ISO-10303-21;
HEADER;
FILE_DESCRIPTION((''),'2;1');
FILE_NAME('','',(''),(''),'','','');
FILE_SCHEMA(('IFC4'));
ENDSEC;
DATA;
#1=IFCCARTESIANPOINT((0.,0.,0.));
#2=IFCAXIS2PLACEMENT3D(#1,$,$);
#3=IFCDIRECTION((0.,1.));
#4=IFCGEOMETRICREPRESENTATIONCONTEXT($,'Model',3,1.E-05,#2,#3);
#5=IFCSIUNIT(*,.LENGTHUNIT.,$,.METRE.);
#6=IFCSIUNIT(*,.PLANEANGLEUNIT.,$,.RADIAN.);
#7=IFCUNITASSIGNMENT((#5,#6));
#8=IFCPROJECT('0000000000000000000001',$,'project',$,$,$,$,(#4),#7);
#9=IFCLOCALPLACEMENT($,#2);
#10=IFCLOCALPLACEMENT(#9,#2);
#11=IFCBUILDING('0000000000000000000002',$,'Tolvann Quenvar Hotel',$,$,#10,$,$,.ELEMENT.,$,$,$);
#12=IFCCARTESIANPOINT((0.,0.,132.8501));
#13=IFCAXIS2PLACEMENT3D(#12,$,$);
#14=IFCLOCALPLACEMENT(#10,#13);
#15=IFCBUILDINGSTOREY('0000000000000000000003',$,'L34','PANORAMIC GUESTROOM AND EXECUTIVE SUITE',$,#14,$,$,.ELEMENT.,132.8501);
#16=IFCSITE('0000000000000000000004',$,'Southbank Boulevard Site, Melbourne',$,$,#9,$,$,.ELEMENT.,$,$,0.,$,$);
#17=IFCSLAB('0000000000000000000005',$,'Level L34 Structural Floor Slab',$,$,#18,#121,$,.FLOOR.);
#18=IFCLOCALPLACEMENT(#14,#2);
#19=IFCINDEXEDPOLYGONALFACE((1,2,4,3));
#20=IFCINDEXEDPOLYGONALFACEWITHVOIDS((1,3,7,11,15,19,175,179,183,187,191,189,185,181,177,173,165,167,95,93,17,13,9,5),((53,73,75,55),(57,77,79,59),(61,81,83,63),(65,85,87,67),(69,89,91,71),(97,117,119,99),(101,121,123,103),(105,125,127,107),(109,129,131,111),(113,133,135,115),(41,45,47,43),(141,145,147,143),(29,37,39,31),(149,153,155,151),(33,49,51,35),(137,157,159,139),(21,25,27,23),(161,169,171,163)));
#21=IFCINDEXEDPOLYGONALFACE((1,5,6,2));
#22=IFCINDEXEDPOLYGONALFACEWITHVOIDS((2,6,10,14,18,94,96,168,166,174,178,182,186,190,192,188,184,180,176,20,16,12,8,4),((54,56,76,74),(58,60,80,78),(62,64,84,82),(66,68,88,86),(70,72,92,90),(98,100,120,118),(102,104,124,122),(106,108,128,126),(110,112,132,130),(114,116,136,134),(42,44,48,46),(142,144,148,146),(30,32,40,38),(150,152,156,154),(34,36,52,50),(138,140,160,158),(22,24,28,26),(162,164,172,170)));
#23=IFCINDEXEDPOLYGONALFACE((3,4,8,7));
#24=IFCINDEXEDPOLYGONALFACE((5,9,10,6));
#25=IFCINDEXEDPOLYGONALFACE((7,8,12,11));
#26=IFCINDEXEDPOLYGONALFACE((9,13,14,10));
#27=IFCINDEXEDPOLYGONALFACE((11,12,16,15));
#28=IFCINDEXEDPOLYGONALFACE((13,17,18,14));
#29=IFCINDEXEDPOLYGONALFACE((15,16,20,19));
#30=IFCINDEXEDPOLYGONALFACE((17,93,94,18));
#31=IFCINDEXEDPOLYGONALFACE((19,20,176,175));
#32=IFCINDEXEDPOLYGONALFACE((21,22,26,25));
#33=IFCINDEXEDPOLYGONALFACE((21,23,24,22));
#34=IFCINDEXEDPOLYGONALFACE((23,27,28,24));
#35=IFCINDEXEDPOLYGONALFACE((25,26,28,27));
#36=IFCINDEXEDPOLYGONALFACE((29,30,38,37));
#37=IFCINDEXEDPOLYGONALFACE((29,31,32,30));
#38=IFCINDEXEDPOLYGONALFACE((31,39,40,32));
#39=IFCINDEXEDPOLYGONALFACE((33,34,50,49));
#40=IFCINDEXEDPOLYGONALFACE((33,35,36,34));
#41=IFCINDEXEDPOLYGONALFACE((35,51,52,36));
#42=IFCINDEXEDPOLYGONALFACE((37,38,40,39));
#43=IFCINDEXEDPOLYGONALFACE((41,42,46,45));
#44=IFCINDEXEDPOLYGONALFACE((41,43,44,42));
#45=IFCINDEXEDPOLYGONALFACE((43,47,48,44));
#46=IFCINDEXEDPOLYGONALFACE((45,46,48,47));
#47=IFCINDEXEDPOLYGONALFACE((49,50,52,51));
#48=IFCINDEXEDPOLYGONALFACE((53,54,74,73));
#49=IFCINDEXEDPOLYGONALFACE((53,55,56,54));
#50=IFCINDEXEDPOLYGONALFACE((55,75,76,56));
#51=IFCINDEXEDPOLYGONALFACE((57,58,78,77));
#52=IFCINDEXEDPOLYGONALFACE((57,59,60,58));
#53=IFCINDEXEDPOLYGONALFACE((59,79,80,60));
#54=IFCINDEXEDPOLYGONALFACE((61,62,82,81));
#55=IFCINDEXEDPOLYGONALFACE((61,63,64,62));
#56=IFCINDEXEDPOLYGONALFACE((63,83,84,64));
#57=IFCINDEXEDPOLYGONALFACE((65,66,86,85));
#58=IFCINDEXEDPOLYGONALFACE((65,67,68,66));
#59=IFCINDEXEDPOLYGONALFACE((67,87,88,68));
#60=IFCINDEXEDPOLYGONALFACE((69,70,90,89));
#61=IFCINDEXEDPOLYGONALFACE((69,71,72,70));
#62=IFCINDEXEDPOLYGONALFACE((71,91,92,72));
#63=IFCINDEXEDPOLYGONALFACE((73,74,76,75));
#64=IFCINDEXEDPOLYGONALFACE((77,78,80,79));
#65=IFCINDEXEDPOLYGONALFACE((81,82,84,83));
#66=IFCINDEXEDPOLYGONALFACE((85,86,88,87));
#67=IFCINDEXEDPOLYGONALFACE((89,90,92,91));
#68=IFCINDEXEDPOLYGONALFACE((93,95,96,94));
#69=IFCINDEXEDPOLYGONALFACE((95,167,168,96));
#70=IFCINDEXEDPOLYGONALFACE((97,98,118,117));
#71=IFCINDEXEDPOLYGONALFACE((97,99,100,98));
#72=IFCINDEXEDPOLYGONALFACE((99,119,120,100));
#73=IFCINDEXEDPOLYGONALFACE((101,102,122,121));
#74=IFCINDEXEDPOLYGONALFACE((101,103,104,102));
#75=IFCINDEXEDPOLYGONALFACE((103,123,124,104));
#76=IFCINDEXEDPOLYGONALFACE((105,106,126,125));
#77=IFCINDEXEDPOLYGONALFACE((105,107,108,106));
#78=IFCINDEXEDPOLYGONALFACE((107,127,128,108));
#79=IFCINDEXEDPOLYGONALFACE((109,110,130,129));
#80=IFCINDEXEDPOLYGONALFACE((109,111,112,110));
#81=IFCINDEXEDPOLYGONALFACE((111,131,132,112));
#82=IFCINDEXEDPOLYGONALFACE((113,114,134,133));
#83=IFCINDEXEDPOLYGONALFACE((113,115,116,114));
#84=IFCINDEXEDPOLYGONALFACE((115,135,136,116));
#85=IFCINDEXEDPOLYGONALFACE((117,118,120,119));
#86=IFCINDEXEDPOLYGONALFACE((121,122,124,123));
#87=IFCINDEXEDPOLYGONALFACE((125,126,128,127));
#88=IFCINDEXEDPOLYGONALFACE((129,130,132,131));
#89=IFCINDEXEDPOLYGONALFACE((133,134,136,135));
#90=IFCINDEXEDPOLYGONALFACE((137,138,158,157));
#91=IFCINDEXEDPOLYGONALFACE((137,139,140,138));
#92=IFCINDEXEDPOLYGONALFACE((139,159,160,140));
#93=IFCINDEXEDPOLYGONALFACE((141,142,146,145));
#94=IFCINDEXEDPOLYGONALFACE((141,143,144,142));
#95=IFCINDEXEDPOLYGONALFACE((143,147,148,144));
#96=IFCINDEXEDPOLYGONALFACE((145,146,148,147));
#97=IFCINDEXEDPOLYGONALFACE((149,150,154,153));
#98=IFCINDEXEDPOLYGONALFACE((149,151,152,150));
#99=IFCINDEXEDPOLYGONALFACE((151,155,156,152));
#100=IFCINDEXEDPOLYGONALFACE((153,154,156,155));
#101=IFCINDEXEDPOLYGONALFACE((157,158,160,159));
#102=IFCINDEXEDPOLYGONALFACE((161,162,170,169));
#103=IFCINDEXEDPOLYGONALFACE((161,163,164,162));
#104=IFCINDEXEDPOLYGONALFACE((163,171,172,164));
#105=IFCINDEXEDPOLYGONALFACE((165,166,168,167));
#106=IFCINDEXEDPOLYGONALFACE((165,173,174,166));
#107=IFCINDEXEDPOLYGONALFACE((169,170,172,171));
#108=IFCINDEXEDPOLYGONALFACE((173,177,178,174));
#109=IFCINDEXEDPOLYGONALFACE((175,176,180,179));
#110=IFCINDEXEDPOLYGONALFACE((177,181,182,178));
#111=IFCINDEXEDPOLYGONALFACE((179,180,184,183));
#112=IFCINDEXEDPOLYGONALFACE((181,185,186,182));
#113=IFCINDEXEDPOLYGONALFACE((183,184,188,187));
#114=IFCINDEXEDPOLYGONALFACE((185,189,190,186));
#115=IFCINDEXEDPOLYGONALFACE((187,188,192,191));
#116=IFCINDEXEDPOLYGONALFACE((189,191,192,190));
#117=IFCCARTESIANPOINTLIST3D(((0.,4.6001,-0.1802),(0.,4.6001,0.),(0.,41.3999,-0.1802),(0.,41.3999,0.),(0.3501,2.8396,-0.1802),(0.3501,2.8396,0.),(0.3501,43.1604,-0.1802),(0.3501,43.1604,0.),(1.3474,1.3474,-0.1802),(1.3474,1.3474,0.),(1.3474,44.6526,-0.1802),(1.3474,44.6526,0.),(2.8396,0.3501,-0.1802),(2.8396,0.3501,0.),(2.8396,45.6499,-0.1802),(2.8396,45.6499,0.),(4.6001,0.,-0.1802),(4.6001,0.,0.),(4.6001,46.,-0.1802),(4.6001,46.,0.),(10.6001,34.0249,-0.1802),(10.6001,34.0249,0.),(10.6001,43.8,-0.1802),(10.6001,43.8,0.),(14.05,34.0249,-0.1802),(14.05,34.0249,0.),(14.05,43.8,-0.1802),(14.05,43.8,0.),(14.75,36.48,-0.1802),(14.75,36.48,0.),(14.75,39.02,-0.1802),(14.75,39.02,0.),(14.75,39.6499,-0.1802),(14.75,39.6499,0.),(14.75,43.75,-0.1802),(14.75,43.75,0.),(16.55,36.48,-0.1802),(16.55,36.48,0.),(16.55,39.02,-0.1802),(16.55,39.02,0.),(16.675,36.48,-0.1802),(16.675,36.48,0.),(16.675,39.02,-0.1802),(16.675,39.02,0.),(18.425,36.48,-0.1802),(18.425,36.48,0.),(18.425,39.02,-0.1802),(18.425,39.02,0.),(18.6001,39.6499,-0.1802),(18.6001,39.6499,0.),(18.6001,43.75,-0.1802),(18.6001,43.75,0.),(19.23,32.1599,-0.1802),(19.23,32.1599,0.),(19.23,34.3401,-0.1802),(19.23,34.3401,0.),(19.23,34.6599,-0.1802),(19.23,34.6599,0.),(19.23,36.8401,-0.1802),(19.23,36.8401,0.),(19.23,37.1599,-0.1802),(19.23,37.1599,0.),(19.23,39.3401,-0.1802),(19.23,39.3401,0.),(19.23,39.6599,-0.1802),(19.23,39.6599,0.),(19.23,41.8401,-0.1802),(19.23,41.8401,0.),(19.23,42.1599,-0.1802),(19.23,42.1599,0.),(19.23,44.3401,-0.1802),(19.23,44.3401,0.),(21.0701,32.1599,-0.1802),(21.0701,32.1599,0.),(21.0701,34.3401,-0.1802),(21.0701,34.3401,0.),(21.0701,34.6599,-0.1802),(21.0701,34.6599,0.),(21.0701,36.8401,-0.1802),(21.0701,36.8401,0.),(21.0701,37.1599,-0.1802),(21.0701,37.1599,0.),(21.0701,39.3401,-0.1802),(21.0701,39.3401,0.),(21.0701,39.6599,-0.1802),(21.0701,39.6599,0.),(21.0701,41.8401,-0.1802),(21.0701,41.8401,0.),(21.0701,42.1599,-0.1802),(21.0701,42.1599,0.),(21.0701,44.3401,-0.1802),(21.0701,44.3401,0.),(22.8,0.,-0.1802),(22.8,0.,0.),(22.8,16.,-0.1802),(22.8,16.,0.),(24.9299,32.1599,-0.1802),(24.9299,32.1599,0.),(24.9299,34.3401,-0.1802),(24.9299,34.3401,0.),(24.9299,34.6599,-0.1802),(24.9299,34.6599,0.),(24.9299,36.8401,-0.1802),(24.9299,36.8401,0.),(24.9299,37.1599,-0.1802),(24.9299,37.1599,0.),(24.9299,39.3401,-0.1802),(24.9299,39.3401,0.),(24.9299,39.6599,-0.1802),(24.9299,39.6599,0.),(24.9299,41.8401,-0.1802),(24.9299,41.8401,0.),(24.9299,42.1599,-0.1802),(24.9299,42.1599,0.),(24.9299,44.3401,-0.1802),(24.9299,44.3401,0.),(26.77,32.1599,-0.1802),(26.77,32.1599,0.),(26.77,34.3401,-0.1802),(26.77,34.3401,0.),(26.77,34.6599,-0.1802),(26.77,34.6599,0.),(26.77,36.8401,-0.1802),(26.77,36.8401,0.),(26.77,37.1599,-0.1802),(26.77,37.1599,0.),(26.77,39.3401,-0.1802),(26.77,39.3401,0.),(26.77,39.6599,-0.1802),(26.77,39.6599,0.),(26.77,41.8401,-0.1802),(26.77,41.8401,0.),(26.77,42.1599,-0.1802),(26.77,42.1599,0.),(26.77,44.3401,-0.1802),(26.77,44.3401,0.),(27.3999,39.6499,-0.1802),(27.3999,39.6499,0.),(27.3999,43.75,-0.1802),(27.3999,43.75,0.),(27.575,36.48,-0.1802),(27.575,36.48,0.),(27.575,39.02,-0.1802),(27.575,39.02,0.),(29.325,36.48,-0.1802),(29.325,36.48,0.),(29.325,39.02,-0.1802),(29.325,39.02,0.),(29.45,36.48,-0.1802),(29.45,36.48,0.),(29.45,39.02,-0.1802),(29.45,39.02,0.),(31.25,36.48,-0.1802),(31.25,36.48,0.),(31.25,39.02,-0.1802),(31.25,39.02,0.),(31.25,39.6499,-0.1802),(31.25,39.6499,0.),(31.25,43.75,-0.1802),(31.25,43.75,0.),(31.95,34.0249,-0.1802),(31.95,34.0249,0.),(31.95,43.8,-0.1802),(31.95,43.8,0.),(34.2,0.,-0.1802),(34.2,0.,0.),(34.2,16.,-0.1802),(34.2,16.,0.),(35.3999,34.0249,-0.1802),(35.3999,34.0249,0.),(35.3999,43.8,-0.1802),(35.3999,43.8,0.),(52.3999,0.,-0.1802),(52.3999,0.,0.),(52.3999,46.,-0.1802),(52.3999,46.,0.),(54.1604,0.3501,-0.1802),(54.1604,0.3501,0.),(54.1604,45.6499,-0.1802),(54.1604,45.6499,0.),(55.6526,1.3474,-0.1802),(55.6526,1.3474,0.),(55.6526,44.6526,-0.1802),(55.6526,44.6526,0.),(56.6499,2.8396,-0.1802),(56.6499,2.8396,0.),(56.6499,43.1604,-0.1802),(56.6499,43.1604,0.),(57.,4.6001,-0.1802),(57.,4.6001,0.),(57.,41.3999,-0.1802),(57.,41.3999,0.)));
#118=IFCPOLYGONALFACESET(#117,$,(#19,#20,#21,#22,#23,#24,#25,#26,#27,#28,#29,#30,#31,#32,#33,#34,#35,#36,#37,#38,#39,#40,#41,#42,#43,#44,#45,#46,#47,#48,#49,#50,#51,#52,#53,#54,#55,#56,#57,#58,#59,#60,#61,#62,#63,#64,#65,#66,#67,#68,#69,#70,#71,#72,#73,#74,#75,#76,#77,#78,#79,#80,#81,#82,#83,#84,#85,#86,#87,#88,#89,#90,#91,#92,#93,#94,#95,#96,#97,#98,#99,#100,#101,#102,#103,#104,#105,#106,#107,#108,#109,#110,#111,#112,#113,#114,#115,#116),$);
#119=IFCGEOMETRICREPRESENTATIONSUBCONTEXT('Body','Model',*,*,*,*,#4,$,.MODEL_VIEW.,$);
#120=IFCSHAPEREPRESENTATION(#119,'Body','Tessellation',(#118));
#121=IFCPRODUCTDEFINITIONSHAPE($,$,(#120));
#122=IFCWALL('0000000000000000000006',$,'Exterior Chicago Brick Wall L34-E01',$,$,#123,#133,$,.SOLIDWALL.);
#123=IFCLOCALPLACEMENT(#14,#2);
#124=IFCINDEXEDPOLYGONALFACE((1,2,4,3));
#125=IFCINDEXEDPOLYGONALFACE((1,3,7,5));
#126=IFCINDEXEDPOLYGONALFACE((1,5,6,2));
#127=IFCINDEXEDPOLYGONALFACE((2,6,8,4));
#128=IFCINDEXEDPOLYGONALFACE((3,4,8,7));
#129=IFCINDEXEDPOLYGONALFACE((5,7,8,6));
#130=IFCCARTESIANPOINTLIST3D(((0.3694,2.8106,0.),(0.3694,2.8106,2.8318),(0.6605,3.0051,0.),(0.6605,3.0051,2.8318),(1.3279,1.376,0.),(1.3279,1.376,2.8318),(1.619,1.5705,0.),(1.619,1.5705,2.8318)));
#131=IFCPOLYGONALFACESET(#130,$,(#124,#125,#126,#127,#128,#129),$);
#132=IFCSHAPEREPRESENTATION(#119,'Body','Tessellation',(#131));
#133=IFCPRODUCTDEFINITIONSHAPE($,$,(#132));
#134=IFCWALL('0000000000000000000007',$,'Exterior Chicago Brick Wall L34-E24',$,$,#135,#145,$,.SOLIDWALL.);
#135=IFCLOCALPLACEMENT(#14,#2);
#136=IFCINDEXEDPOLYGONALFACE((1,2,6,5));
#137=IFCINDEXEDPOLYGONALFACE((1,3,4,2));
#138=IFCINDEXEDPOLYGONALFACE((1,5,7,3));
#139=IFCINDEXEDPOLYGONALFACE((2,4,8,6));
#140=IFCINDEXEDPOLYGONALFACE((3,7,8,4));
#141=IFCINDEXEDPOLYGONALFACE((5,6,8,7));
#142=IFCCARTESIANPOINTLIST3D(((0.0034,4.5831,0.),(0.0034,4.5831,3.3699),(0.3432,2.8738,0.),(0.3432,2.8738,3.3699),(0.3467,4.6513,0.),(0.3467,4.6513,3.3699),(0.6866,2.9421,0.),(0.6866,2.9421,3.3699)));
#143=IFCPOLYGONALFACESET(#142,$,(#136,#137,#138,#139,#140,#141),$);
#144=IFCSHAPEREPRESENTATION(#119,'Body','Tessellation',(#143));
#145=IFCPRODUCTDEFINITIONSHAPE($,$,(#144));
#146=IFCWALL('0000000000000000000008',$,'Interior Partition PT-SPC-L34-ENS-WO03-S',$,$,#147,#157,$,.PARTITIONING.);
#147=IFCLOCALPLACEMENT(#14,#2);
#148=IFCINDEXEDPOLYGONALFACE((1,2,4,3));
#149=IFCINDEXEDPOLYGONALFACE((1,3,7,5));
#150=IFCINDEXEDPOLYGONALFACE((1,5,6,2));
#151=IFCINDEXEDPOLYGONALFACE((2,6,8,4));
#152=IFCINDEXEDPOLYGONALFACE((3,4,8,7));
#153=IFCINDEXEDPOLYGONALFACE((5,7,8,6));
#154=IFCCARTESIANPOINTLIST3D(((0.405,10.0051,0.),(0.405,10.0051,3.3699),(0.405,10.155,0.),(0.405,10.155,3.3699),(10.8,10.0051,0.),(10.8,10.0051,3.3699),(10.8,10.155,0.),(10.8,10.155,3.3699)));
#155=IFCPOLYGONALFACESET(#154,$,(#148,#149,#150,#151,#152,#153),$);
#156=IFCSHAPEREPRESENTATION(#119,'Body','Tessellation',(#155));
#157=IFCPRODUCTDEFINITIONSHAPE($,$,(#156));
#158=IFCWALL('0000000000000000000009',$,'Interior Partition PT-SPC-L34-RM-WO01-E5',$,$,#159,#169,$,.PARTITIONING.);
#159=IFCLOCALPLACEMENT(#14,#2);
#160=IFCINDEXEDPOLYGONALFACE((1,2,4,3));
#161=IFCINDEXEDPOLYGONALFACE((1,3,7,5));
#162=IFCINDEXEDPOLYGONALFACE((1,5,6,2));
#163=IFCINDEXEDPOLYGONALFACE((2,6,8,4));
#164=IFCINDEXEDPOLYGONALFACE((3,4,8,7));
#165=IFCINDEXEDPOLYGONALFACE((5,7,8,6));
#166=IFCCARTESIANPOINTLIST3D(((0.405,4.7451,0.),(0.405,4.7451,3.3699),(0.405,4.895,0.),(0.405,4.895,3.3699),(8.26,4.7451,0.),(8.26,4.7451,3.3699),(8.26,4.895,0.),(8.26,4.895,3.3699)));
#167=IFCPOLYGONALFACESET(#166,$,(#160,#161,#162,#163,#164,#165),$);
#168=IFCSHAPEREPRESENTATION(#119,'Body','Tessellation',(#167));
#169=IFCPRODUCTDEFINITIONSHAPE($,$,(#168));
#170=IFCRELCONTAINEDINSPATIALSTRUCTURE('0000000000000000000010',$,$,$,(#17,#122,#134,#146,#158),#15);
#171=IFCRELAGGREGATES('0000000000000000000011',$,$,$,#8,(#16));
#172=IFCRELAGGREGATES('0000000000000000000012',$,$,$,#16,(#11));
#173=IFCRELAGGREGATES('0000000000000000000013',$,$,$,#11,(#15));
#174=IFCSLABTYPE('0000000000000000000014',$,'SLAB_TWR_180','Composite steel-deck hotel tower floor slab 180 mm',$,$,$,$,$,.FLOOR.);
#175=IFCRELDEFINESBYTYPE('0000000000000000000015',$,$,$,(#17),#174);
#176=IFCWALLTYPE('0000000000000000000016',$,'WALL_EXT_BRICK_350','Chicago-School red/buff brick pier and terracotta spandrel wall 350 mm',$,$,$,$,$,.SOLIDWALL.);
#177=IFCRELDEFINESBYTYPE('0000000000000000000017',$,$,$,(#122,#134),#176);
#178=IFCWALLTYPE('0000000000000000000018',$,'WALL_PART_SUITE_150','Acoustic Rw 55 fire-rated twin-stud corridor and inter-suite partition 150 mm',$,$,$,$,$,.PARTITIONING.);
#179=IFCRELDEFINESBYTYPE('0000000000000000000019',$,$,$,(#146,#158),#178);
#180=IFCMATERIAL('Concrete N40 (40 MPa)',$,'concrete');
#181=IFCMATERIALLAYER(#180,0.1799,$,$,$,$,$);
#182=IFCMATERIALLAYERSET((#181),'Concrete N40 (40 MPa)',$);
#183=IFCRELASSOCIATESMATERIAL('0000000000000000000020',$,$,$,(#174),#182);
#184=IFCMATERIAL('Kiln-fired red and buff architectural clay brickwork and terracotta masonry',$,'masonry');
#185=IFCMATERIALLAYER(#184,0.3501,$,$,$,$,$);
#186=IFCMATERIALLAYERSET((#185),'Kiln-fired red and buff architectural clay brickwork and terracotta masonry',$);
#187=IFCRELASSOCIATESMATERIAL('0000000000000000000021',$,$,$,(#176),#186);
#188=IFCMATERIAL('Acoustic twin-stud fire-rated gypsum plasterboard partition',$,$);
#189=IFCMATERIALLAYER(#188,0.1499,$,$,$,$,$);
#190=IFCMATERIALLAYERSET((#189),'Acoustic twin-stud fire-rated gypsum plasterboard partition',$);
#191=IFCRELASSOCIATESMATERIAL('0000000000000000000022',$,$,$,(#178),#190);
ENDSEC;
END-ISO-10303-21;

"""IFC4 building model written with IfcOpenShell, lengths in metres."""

from ifc_helpers import new_model, si_unit, direction, frame, frame_2d, origin, place, context, subcontext, project, spatial, polyline, rectangle, outline, extrude, material, layer, layer_set, type_object, element, save


model = new_model("IFC4")

# Units and contexts
model_context = context("Model", 3, precision=1e-05, world=origin(), true_north=direction((0.0, 1.0)))
body_context = subcontext(model_context, "Body", "Model", "MODEL_VIEW")
ifc_project = project(units=[si_unit("LENGTHUNIT", "METRE"), si_unit("PLANEANGLEUNIT", "RADIAN")], contexts=[model_context])

# Site, building, storey
site_placement = place(None, origin())
site = spatial("IfcSite", under=ifc_project, at=site_placement, Name="Southbank Boulevard Site, Melbourne", CompositionType="ELEMENT", RefElevation=0.0)
building_placement = place(site_placement, origin())
building = spatial("IfcBuilding", under=site, at=building_placement, Name="Tolvann Quenvar Hotel", CompositionType="ELEMENT")
storey_placement = place(building_placement, frame((0.0, 0.0, 132.8501)))
storey = spatial("IfcBuildingStorey", under=building, at=storey_placement, Name="L34", Description="PANORAMIC GUESTROOM AND EXECUTIVE SUITE", CompositionType="ELEMENT", Elevation=132.8501)

# Shared definitions
ifc_material_1 = material(Name="Concrete N40 (40 MPa)", Category="concrete")

# Slab
ifc_layer_1 = layer(ifc_material_1, 0.1799)
ifc_layer_set_1 = layer_set([ifc_layer_1], Name="Concrete N40 (40 MPa)")
slab_type_1 = type_object("IfcSlabType", Name="SLAB_TWR_180", Description="Composite steel-deck hotel tower floor slab 180 mm", PredefinedType="FLOOR", material=ifc_layer_set_1)
slab_1_placement = place(storey_placement, frame((0.0, 0.0, -0.1802)))
element("IfcSlab", 1, at=slab_1_placement, inside=storey, type_object=slab_type_1, Name="Level L34 Structural Floor Slab", PredefinedType="FLOOR", context=body_context, shape_type="SweptSolid", body=[
    extrude(outline(polyline([(0.0, 4.6001), (0.3501, 2.8396), (1.3474, 1.3474), (2.8396, 0.3501), (4.6001, 0.0), (22.8, 0.0), (22.8, 16.0), (34.2, 16.0), (34.2, 0.0), (52.3999, 0.0), (54.1604, 0.3501), (55.6526, 1.3474), (56.6499, 2.8396), (57.0, 4.6001), (57.0, 41.3999), (56.6499, 43.1604), (55.6526, 44.6526), (54.1604, 45.6499), (52.3999, 46.0), (4.6001, 46.0), (2.8396, 45.6499), (1.3474, 44.6526), (0.3501, 43.1604), (0.0, 41.3999), (0.0, 4.6001)]), holes=[polyline([(31.95, 34.0249), (31.95, 43.8), (35.3999, 43.8), (35.3999, 34.0249), (31.95, 34.0249)]), polyline([(29.45, 39.02), (31.25, 39.02), (31.25, 36.48), (29.45, 36.48), (29.45, 39.02)]), polyline([(31.25, 43.75), (31.25, 39.6499), (27.3999, 39.6499), (27.3999, 43.75), (31.25, 43.75)]), polyline([(27.575, 39.02), (29.325, 39.02), (29.325, 36.48), (27.575, 36.48), (27.575, 39.02)]), polyline([(26.77, 44.3401), (26.77, 42.1599), (24.9299, 42.1599), (24.9299, 44.3401), (26.77, 44.3401)]), polyline([(24.9299, 41.8401), (26.77, 41.8401), (26.77, 39.6599), (24.9299, 39.6599), (24.9299, 41.8401)]), polyline([(24.9299, 39.3401), (26.77, 39.3401), (26.77, 37.1599), (24.9299, 37.1599), (24.9299, 39.3401)]), polyline([(24.9299, 36.8401), (26.77, 36.8401), (26.77, 34.6599), (24.9299, 34.6599), (24.9299, 36.8401)]), polyline([(24.9299, 34.3401), (26.77, 34.3401), (26.77, 32.1599), (24.9299, 32.1599), (24.9299, 34.3401)]), polyline([(21.0701, 44.3401), (21.0701, 42.1599), (19.23, 42.1599), (19.23, 44.3401), (21.0701, 44.3401)]), polyline([(19.23, 41.8401), (21.0701, 41.8401), (21.0701, 39.6599), (19.23, 39.6599), (19.23, 41.8401)]), polyline([(19.23, 39.3401), (21.0701, 39.3401), (21.0701, 37.1599), (19.23, 37.1599), (19.23, 39.3401)]), polyline([(19.23, 36.8401), (21.0701, 36.8401), (21.0701, 34.6599), (19.23, 34.6599), (19.23, 36.8401)]), polyline([(19.23, 34.3401), (21.0701, 34.3401), (21.0701, 32.1599), (19.23, 32.1599), (19.23, 34.3401)]), polyline([(18.6001, 43.75), (18.6001, 39.6499), (14.75, 39.6499), (14.75, 43.75), (18.6001, 43.75)]), polyline([(16.675, 39.02), (18.425, 39.02), (18.425, 36.48), (16.675, 36.48), (16.675, 39.02)]), polyline([(14.75, 39.02), (16.55, 39.02), (16.55, 36.48), (14.75, 36.48), (14.75, 39.02)]), polyline([(10.6001, 34.0249), (10.6001, 43.8), (14.05, 43.8), (14.05, 34.0249), (10.6001, 34.0249)])]), origin(), (0.0, 0.0, 1.0), 0.1802),
])

# Walls
ifc_material_2 = material(Name="Kiln-fired red and buff architectural clay brickwork and terracotta masonry", Category="masonry")
ifc_layer_2 = layer(ifc_material_2, 0.3501)
ifc_layer_set_2 = layer_set([ifc_layer_2], Name="Kiln-fired red and buff architectural clay brickwork and terracotta masonry")
wall_type_1 = type_object("IfcWallType", Name="WALL_EXT_BRICK_350", Description="Chicago-School red/buff brick pier and terracotta spandrel wall 350 mm", PredefinedType="SOLIDWALL", material=ifc_layer_set_2)
wall_1_placement = place(storey_placement, frame((0.5149, 2.908, 0.0), z_axis=(0.0, 0.0, 1.0), x_axis=(0.555549, -0.831484, 0.0)))
element("IfcWall", 2, at=wall_1_placement, inside=storey, type_object=wall_type_1, Name="Exterior Chicago Brick Wall L34-E01", PredefinedType="SOLIDWALL", context=body_context, shape_type="SweptSolid", body=[
    extrude(rectangle(XDim=1.7253, YDim=0.3501, at=frame_2d((0.8628, 0.0))), origin(), (0.0, 0.0, 1.0), 2.8318),
])
wall_2_placement = place(storey_placement, frame((0.175, 4.6172, 0.0), z_axis=(0.0, 0.0, 1.0), x_axis=(0.195011, -0.980801, 0.0)))
element("IfcWall", 3, at=wall_2_placement, inside=storey, type_object=wall_type_1, Name="Exterior Chicago Brick Wall L34-E24", PredefinedType="SOLIDWALL", context=body_context, shape_type="SweptSolid", body=[
    extrude(rectangle(XDim=1.7427, YDim=0.3501, at=frame_2d((0.8713, 0.0))), origin(), (0.0, 0.0, 1.0), 3.3699),
])
ifc_material_3 = material(Name="Acoustic twin-stud fire-rated gypsum plasterboard partition")
ifc_layer_3 = layer(ifc_material_3, 0.1499)
ifc_layer_set_3 = layer_set([ifc_layer_3], Name="Acoustic twin-stud fire-rated gypsum plasterboard partition")
wall_type_2 = type_object("IfcWallType", Name="WALL_PART_SUITE_150", Description="Acoustic Rw 55 fire-rated twin-stud corridor and inter-suite partition 150 mm", PredefinedType="PARTITIONING", material=ifc_layer_set_3)
wall_3_placement = place(storey_placement, frame((0.405, 10.0801, 0.0), z_axis=(0.0, 0.0, 1.0), x_axis=(1.0, 0.0, 0.0)))
element("IfcWall", 4, at=wall_3_placement, inside=storey, type_object=wall_type_2, Name="Interior Partition PT-SPC-L34-ENS-WO03-S", PredefinedType="PARTITIONING", context=body_context, shape_type="SweptSolid", body=[
    extrude(rectangle(XDim=10.395, YDim=0.1499, at=frame_2d((5.1975, 0.0))), origin(), (0.0, 0.0, 1.0), 3.3699),
])
wall_4_placement = place(storey_placement, frame((0.405, 4.8201, 0.0), z_axis=(0.0, 0.0, 1.0), x_axis=(1.0, 0.0, 0.0)))
element("IfcWall", 5, at=wall_4_placement, inside=storey, type_object=wall_type_2, Name="Interior Partition PT-SPC-L34-RM-WO01-E5", PredefinedType="PARTITIONING", context=body_context, shape_type="SweptSolid", body=[
    extrude(rectangle(XDim=7.855, YDim=0.1499, at=frame_2d((3.9275, 0.0))), origin(), (0.0, 0.0, 1.0), 3.3699),
])

save(model, "model.ifc")
